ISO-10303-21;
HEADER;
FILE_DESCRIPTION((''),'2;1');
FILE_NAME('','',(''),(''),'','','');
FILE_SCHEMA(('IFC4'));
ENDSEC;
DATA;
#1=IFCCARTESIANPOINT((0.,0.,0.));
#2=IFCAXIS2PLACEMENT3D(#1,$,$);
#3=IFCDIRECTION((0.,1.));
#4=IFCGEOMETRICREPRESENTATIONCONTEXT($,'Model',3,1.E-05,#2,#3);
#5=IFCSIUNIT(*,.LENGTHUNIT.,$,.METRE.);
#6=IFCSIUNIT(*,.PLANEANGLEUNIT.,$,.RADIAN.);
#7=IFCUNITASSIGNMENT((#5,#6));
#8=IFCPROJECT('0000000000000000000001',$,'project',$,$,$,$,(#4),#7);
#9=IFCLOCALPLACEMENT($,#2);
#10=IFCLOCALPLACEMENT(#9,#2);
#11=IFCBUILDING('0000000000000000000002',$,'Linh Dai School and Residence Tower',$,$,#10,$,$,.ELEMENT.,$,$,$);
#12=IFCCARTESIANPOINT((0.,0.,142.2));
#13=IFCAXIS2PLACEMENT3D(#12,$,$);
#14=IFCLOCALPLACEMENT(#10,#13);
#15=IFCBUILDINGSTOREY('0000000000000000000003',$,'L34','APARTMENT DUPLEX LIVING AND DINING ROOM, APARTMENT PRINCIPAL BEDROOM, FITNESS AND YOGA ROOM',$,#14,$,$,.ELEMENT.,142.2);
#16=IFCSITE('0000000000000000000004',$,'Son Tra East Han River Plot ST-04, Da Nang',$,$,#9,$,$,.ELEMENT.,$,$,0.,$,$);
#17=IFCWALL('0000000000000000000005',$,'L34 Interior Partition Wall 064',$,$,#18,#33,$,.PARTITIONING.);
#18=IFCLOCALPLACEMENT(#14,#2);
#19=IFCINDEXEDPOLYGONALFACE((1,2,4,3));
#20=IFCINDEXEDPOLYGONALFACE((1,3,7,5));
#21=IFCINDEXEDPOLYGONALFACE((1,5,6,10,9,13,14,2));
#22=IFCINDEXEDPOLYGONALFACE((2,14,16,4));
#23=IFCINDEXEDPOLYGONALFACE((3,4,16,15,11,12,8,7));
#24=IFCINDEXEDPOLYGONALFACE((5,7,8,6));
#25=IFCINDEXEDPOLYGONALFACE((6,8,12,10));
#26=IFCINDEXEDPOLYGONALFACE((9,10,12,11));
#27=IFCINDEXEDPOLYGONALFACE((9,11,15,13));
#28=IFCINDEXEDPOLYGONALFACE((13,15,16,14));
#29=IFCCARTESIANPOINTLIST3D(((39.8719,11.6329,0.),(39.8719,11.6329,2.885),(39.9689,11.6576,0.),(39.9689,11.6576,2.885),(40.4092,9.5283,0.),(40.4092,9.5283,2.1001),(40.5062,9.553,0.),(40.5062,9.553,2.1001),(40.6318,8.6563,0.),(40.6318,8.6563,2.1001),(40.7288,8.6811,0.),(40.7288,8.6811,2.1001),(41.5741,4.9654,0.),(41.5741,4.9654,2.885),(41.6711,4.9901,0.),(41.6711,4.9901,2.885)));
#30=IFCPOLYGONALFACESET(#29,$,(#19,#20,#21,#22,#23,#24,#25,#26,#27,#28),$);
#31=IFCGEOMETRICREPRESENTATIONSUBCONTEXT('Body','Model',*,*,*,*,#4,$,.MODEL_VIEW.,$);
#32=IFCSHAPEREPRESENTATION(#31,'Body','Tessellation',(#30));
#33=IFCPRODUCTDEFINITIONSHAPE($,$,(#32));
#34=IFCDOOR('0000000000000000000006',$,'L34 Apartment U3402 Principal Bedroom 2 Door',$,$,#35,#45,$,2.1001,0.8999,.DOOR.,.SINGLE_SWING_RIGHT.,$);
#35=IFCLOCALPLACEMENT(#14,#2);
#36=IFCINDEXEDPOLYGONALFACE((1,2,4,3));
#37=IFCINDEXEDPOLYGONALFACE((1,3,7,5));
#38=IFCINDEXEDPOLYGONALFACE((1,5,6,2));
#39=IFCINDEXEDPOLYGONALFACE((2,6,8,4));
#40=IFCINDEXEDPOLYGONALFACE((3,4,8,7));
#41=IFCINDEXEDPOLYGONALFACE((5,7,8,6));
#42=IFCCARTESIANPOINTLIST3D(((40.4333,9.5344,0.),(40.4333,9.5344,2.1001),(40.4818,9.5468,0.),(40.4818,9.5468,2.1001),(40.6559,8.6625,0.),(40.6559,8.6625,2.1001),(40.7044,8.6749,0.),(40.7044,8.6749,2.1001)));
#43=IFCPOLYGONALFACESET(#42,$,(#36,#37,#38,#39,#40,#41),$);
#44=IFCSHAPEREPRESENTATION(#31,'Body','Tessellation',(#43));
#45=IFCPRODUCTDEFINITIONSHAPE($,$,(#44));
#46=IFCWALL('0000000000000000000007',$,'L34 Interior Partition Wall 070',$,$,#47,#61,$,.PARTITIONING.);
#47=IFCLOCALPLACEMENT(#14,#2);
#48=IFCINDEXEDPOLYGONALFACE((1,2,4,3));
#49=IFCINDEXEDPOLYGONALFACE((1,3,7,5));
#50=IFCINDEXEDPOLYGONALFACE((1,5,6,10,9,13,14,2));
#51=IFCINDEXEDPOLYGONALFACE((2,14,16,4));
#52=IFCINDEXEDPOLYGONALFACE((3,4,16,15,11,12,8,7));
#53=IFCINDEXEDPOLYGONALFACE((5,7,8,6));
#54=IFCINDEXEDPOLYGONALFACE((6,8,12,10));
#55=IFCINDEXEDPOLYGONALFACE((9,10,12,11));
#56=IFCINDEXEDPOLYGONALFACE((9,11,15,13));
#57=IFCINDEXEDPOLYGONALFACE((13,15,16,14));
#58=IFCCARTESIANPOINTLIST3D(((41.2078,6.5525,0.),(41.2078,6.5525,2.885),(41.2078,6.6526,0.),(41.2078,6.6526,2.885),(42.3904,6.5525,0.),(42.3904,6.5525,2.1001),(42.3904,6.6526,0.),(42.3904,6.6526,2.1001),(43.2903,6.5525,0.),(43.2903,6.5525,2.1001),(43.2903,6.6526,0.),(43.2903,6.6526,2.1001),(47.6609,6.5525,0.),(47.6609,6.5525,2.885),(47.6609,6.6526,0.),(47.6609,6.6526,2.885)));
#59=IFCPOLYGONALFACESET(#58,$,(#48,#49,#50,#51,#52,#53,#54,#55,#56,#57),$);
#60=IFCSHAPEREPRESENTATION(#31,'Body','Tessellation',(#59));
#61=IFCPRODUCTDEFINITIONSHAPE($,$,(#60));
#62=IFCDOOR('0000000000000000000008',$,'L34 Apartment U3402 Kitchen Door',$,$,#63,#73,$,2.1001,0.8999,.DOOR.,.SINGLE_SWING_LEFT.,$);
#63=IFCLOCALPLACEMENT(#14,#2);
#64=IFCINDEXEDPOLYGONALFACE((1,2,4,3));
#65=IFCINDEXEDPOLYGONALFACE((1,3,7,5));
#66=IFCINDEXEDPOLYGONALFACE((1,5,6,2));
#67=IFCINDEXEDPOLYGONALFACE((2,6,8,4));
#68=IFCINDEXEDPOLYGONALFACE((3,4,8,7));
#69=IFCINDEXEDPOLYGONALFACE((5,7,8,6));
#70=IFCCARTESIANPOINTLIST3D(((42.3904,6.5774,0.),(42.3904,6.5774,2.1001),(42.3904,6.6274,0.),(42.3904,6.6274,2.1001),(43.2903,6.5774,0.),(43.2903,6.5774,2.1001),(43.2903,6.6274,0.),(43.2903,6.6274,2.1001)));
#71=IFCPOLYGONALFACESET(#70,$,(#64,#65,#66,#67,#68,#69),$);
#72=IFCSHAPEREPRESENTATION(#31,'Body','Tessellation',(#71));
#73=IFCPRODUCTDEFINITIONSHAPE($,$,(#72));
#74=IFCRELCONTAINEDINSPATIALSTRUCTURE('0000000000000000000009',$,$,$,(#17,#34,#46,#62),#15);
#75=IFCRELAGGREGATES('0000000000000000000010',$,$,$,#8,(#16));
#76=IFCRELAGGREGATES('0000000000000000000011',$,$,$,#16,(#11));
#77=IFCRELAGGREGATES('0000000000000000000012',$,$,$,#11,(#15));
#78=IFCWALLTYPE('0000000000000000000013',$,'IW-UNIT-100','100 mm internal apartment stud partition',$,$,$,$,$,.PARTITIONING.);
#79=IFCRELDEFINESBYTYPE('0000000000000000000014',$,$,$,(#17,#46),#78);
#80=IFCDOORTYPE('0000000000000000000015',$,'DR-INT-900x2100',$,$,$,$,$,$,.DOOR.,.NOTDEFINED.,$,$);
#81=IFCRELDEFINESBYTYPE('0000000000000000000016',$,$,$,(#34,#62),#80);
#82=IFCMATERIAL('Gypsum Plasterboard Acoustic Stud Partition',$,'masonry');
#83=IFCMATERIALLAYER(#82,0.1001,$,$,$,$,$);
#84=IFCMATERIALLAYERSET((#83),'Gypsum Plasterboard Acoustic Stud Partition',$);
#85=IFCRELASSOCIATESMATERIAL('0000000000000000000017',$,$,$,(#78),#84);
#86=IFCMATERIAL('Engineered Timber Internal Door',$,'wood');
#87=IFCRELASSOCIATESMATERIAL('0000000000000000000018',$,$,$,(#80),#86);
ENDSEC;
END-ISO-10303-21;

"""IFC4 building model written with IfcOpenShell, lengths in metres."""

from ifc_helpers import new_model, si_unit, direction, frame, frame_2d, origin, origin_2d, place, context, subcontext, project, spatial, rectangle, extrude, source, transform, mapped, material, layer, layer_set, type_object, element, fill, save


model = new_model("IFC4")

# Units and contexts
model_context = context("Model", 3, precision=1e-05, world=origin(), true_north=direction((0.0, 1.0)))
body_context = subcontext(model_context, "Body", "Model", "MODEL_VIEW")
ifc_project = project(units=[si_unit("LENGTHUNIT", "METRE"), si_unit("PLANEANGLEUNIT", "RADIAN")], contexts=[model_context])

# Site, building, storey
site_placement = place(None, origin())
site = spatial("IfcSite", under=ifc_project, at=site_placement, Name="Son Tra East Han River Plot ST-04, Da Nang", CompositionType="ELEMENT", RefElevation=0.0)
building_placement = place(site_placement, origin())
building = spatial("IfcBuilding", under=site, at=building_placement, Name="Linh Dai School and Residence Tower", CompositionType="ELEMENT")
storey_placement = place(building_placement, frame((0.0, 0.0, 142.2)))
storey = spatial("IfcBuildingStorey", under=building, at=storey_placement, Name="L34", Description="APARTMENT DUPLEX LIVING AND DINING ROOM, APARTMENT PRINCIPAL BEDROOM, FITNESS AND YOGA ROOM", CompositionType="ELEMENT", Elevation=142.2)

# Shared definitions
ifc_material_1 = material(Name="Gypsum Plasterboard Acoustic Stud Partition", Category="masonry")
ifc_layer_1 = layer(ifc_material_1, 0.1001)
ifc_layer_set_1 = layer_set([ifc_layer_1], Name="Gypsum Plasterboard Acoustic Stud Partition")
wall_type_1 = type_object("IfcWallType", Name="IW-UNIT-100", Description="100 mm internal apartment stud partition", PredefinedType="PARTITIONING", material=ifc_layer_set_1)

# Walls, openings, doors
wall_1_placement = place(storey_placement, frame((39.9204, 11.6453, 0.0), z_axis=(0.0, 0.0, 1.0), x_axis=(0.247358, -0.968924, 0.0)))
wall_1 = element("IfcWall", 1, at=wall_1_placement, inside=storey, type_object=wall_type_1, Name="L34 Interior Partition Wall 064", PredefinedType="PARTITIONING", context=body_context, shape_type="SweptSolid", body=[
    extrude(rectangle(XDim=6.8813, YDim=0.1001, at=frame_2d((3.4407, 0.0))), origin(), (0.0, 0.0, 1.0), 2.885),
])
opening_1_placement = place(wall_1_placement, frame((2.1721, 0.0, 0.0)))
opening_1 = element("IfcOpeningElement", 2, at=opening_1_placement, cuts=wall_1, PredefinedType="OPENING", context=body_context, shape_type="SweptSolid", body=[
    extrude(rectangle(XDim=0.8999, YDim=2.1001, at=origin_2d()), frame((0.45, 0.0601, 1.05), z_axis=(0.0, -1.0, 0.0), x_axis=(1.0, 0.0, 0.0)), (0.0, 0.0, 1.0), 0.1201),
])
ifc_material_2 = material(Name="Engineered Timber Internal Door", Category="wood")
door_type_1 = type_object("IfcDoorType", Name="DR-INT-900x2100", OperationType="NOTDEFINED", PredefinedType="DOOR", material=ifc_material_2)
shared_shape_1 = source(origin(), body_context, "Body", "SweptSolid", [
    extrude(rectangle(XDim=0.8999, YDim=2.1001, at=origin_2d()), frame((0.45, 0.0249, 1.05), z_axis=(0.0, -1.0, 0.0), x_axis=(1.0, 0.0, 0.0)), (0.0, 0.0, 1.0), 0.05),
])
door_1_placement = place(opening_1_placement, origin())
door_1 = element("IfcDoor", 3, at=door_1_placement, inside=storey, type_object=door_type_1, Name="L34 Apartment U3402 Principal Bedroom 2 Door", OperationType="SINGLE_SWING_RIGHT", OverallHeight=2.1001, OverallWidth=0.8999, PredefinedType="DOOR", context=body_context, shape_type="MappedRepresentation", body=[
    mapped(shared_shape_1, transform((0.0, 0.0, 0.0), x_axis=(1.0, 0.0, 0.0), y_axis=(0.0, 1.0, 0.0), z_axis=(0.0, 0.0, 1.0), scale=1.0)),
])
fill(opening_1, door_1)
wall_2_placement = place(storey_placement, frame((41.2078, 6.6025, 0.0), z_axis=(0.0, 0.0, 1.0), x_axis=(1.0, 0.0, 0.0)))
wall_2 = element("IfcWall", 4, at=wall_2_placement, inside=storey, type_object=wall_type_1, Name="L34 Interior Partition Wall 070", PredefinedType="PARTITIONING", context=body_context, shape_type="SweptSolid", body=[
    extrude(rectangle(XDim=6.4531, YDim=0.1001, at=frame_2d((3.2266, 0.0))), origin(), (0.0, 0.0, 1.0), 2.885),
])
opening_2_placement = place(wall_2_placement, frame((1.1826, 0.0, 0.0)))
opening_2 = element("IfcOpeningElement", 5, at=opening_2_placement, cuts=wall_2, PredefinedType="OPENING", context=body_context, shape_type="SweptSolid", body=[
    extrude(rectangle(XDim=0.8999, YDim=2.1001, at=origin_2d()), frame((0.45, 0.0601, 1.05), z_axis=(0.0, -1.0, 0.0), x_axis=(1.0, 0.0, 0.0)), (0.0, 0.0, 1.0), 0.1201),
])
door_2_placement = place(opening_2_placement, origin())
door_2 = element("IfcDoor", 6, at=door_2_placement, inside=storey, type_object=door_type_1, Name="L34 Apartment U3402 Kitchen Door", OperationType="SINGLE_SWING_LEFT", OverallHeight=2.1001, OverallWidth=0.8999, PredefinedType="DOOR", context=body_context, shape_type="MappedRepresentation", body=[
    mapped(shared_shape_1, transform((0.0, 0.0, 0.0), x_axis=(1.0, 0.0, 0.0), y_axis=(0.0, 1.0, 0.0), z_axis=(0.0, 0.0, 1.0), scale=1.0)),
])
fill(opening_2, door_2)

save(model, "model.ifc")
